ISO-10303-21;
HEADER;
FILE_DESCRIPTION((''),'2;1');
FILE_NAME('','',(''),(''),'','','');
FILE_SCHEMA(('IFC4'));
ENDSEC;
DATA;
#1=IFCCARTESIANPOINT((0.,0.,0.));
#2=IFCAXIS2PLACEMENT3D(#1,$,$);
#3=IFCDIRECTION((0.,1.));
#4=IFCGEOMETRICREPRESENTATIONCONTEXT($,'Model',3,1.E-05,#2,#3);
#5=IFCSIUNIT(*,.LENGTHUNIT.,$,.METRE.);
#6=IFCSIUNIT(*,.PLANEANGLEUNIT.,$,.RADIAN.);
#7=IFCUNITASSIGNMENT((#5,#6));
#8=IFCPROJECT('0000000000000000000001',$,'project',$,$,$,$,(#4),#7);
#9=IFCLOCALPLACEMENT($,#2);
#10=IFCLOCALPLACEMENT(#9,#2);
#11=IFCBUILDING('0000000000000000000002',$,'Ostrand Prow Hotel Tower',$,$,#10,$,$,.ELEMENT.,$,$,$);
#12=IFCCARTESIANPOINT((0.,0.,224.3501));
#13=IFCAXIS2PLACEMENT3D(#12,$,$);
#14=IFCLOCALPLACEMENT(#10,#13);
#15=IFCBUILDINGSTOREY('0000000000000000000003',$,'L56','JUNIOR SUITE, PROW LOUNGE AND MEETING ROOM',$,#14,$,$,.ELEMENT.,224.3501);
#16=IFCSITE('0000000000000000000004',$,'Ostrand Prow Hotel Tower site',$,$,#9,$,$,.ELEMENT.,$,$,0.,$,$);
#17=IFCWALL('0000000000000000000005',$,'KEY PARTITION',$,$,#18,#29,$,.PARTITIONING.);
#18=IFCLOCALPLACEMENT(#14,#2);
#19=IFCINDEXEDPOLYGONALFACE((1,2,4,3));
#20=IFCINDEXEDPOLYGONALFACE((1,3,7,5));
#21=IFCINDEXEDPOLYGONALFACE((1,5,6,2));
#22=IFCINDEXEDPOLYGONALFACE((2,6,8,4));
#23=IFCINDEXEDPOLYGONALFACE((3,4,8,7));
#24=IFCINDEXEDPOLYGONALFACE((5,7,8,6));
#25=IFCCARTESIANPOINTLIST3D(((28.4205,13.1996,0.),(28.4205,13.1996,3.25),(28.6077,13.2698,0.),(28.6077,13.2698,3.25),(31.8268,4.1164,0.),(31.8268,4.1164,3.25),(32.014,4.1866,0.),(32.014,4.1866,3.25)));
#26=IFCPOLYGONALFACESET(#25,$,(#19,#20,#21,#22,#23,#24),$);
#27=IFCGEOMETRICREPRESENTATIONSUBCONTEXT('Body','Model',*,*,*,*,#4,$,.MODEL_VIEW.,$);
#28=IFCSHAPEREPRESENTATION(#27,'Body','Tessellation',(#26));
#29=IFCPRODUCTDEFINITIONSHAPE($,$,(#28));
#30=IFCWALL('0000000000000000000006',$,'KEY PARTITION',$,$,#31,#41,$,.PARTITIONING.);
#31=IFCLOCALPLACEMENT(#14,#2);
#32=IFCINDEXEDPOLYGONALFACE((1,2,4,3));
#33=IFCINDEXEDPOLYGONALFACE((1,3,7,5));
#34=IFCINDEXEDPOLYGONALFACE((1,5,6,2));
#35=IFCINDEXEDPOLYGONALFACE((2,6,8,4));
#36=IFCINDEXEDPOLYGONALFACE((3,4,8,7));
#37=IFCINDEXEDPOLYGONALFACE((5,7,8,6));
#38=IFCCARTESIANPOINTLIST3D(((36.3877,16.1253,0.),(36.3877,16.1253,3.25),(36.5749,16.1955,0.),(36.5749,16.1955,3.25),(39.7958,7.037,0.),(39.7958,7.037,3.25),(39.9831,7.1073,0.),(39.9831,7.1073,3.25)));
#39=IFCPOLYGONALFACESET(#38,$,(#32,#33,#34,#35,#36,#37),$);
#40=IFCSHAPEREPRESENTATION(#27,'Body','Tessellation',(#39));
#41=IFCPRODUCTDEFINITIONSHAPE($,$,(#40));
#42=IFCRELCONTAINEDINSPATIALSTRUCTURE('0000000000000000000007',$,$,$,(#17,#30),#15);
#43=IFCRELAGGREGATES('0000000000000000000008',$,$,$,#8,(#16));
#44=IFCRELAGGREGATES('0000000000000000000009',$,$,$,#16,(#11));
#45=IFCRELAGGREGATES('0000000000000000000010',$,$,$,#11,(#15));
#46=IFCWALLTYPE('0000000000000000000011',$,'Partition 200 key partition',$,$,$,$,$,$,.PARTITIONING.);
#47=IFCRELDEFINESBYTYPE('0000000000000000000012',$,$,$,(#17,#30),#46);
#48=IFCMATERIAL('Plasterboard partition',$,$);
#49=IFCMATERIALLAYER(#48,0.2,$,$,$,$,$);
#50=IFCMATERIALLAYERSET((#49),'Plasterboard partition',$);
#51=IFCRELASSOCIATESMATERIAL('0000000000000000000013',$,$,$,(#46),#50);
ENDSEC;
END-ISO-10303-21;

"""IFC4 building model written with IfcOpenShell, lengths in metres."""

from ifc_helpers import new_model, si_unit, direction, frame, frame_2d, origin, place, context, subcontext, project, spatial, rectangle, extrude, material, layer, layer_set, type_object, element, save


model = new_model("IFC4")

# Units and contexts
model_context = context("Model", 3, precision=1e-05, world=origin(), true_north=direction((0.0, 1.0)))
body_context = subcontext(model_context, "Body", "Model", "MODEL_VIEW")
ifc_project = project(units=[si_unit("LENGTHUNIT", "METRE"), si_unit("PLANEANGLEUNIT", "RADIAN")], contexts=[model_context])

# Site, building, storey
site_placement = place(None, origin())
site = spatial("IfcSite", under=ifc_project, at=site_placement, Name="Ostrand Prow Hotel Tower site", CompositionType="ELEMENT", RefElevation=0.0)
building_placement = place(site_placement, origin())
building = spatial("IfcBuilding", under=site, at=building_placement, Name="Ostrand Prow Hotel Tower", CompositionType="ELEMENT")
storey_placement = place(building_placement, frame((0.0, 0.0, 224.3501)))
storey = spatial("IfcBuildingStorey", under=building, at=storey_placement, Name="L56", Description="JUNIOR SUITE, PROW LOUNGE AND MEETING ROOM", CompositionType="ELEMENT", Elevation=224.3501)

# Walls
ifc_material_1 = material(Name="Plasterboard partition")
ifc_layer_1 = layer(ifc_material_1, 0.2)
ifc_layer_set_1 = layer_set([ifc_layer_1], Name="Plasterboard partition")
wall_type_1 = type_object("IfcWallType", Name="Partition 200 key partition", PredefinedType="PARTITIONING", material=ifc_layer_set_1)
wall_1_placement = place(storey_placement, frame((31.9204, 4.1514, 0.0), z_axis=(0.0, 0.0, 1.0), x_axis=(-0.351126, 0.936328, 0.0)))
element("IfcWall", 1, at=wall_1_placement, inside=storey, type_object=wall_type_1, Name="KEY PARTITION", PredefinedType="PARTITIONING", context=body_context, shape_type="SweptSolid", body=[
    extrude(rectangle(XDim=9.7009, YDim=0.2, at=frame_2d((4.8506, 0.0))), origin(), (0.0, 0.0, 1.0), 3.25),
])
wall_2_placement = place(storey_placement, frame((39.8894, 7.0723, 0.0), z_axis=(0.0, 0.0, 1.0), x_axis=(-0.351129, 0.936327, 0.0)))
element("IfcWall", 2, at=wall_2_placement, inside=storey, type_object=wall_type_1, Name="KEY PARTITION", PredefinedType="PARTITIONING", context=body_context, shape_type="SweptSolid", body=[
    extrude(rectangle(XDim=9.7063, YDim=0.2, at=frame_2d((4.853, 0.0))), origin(), (0.0, 0.0, 1.0), 3.25),
])

save(model, "model.ifc")
